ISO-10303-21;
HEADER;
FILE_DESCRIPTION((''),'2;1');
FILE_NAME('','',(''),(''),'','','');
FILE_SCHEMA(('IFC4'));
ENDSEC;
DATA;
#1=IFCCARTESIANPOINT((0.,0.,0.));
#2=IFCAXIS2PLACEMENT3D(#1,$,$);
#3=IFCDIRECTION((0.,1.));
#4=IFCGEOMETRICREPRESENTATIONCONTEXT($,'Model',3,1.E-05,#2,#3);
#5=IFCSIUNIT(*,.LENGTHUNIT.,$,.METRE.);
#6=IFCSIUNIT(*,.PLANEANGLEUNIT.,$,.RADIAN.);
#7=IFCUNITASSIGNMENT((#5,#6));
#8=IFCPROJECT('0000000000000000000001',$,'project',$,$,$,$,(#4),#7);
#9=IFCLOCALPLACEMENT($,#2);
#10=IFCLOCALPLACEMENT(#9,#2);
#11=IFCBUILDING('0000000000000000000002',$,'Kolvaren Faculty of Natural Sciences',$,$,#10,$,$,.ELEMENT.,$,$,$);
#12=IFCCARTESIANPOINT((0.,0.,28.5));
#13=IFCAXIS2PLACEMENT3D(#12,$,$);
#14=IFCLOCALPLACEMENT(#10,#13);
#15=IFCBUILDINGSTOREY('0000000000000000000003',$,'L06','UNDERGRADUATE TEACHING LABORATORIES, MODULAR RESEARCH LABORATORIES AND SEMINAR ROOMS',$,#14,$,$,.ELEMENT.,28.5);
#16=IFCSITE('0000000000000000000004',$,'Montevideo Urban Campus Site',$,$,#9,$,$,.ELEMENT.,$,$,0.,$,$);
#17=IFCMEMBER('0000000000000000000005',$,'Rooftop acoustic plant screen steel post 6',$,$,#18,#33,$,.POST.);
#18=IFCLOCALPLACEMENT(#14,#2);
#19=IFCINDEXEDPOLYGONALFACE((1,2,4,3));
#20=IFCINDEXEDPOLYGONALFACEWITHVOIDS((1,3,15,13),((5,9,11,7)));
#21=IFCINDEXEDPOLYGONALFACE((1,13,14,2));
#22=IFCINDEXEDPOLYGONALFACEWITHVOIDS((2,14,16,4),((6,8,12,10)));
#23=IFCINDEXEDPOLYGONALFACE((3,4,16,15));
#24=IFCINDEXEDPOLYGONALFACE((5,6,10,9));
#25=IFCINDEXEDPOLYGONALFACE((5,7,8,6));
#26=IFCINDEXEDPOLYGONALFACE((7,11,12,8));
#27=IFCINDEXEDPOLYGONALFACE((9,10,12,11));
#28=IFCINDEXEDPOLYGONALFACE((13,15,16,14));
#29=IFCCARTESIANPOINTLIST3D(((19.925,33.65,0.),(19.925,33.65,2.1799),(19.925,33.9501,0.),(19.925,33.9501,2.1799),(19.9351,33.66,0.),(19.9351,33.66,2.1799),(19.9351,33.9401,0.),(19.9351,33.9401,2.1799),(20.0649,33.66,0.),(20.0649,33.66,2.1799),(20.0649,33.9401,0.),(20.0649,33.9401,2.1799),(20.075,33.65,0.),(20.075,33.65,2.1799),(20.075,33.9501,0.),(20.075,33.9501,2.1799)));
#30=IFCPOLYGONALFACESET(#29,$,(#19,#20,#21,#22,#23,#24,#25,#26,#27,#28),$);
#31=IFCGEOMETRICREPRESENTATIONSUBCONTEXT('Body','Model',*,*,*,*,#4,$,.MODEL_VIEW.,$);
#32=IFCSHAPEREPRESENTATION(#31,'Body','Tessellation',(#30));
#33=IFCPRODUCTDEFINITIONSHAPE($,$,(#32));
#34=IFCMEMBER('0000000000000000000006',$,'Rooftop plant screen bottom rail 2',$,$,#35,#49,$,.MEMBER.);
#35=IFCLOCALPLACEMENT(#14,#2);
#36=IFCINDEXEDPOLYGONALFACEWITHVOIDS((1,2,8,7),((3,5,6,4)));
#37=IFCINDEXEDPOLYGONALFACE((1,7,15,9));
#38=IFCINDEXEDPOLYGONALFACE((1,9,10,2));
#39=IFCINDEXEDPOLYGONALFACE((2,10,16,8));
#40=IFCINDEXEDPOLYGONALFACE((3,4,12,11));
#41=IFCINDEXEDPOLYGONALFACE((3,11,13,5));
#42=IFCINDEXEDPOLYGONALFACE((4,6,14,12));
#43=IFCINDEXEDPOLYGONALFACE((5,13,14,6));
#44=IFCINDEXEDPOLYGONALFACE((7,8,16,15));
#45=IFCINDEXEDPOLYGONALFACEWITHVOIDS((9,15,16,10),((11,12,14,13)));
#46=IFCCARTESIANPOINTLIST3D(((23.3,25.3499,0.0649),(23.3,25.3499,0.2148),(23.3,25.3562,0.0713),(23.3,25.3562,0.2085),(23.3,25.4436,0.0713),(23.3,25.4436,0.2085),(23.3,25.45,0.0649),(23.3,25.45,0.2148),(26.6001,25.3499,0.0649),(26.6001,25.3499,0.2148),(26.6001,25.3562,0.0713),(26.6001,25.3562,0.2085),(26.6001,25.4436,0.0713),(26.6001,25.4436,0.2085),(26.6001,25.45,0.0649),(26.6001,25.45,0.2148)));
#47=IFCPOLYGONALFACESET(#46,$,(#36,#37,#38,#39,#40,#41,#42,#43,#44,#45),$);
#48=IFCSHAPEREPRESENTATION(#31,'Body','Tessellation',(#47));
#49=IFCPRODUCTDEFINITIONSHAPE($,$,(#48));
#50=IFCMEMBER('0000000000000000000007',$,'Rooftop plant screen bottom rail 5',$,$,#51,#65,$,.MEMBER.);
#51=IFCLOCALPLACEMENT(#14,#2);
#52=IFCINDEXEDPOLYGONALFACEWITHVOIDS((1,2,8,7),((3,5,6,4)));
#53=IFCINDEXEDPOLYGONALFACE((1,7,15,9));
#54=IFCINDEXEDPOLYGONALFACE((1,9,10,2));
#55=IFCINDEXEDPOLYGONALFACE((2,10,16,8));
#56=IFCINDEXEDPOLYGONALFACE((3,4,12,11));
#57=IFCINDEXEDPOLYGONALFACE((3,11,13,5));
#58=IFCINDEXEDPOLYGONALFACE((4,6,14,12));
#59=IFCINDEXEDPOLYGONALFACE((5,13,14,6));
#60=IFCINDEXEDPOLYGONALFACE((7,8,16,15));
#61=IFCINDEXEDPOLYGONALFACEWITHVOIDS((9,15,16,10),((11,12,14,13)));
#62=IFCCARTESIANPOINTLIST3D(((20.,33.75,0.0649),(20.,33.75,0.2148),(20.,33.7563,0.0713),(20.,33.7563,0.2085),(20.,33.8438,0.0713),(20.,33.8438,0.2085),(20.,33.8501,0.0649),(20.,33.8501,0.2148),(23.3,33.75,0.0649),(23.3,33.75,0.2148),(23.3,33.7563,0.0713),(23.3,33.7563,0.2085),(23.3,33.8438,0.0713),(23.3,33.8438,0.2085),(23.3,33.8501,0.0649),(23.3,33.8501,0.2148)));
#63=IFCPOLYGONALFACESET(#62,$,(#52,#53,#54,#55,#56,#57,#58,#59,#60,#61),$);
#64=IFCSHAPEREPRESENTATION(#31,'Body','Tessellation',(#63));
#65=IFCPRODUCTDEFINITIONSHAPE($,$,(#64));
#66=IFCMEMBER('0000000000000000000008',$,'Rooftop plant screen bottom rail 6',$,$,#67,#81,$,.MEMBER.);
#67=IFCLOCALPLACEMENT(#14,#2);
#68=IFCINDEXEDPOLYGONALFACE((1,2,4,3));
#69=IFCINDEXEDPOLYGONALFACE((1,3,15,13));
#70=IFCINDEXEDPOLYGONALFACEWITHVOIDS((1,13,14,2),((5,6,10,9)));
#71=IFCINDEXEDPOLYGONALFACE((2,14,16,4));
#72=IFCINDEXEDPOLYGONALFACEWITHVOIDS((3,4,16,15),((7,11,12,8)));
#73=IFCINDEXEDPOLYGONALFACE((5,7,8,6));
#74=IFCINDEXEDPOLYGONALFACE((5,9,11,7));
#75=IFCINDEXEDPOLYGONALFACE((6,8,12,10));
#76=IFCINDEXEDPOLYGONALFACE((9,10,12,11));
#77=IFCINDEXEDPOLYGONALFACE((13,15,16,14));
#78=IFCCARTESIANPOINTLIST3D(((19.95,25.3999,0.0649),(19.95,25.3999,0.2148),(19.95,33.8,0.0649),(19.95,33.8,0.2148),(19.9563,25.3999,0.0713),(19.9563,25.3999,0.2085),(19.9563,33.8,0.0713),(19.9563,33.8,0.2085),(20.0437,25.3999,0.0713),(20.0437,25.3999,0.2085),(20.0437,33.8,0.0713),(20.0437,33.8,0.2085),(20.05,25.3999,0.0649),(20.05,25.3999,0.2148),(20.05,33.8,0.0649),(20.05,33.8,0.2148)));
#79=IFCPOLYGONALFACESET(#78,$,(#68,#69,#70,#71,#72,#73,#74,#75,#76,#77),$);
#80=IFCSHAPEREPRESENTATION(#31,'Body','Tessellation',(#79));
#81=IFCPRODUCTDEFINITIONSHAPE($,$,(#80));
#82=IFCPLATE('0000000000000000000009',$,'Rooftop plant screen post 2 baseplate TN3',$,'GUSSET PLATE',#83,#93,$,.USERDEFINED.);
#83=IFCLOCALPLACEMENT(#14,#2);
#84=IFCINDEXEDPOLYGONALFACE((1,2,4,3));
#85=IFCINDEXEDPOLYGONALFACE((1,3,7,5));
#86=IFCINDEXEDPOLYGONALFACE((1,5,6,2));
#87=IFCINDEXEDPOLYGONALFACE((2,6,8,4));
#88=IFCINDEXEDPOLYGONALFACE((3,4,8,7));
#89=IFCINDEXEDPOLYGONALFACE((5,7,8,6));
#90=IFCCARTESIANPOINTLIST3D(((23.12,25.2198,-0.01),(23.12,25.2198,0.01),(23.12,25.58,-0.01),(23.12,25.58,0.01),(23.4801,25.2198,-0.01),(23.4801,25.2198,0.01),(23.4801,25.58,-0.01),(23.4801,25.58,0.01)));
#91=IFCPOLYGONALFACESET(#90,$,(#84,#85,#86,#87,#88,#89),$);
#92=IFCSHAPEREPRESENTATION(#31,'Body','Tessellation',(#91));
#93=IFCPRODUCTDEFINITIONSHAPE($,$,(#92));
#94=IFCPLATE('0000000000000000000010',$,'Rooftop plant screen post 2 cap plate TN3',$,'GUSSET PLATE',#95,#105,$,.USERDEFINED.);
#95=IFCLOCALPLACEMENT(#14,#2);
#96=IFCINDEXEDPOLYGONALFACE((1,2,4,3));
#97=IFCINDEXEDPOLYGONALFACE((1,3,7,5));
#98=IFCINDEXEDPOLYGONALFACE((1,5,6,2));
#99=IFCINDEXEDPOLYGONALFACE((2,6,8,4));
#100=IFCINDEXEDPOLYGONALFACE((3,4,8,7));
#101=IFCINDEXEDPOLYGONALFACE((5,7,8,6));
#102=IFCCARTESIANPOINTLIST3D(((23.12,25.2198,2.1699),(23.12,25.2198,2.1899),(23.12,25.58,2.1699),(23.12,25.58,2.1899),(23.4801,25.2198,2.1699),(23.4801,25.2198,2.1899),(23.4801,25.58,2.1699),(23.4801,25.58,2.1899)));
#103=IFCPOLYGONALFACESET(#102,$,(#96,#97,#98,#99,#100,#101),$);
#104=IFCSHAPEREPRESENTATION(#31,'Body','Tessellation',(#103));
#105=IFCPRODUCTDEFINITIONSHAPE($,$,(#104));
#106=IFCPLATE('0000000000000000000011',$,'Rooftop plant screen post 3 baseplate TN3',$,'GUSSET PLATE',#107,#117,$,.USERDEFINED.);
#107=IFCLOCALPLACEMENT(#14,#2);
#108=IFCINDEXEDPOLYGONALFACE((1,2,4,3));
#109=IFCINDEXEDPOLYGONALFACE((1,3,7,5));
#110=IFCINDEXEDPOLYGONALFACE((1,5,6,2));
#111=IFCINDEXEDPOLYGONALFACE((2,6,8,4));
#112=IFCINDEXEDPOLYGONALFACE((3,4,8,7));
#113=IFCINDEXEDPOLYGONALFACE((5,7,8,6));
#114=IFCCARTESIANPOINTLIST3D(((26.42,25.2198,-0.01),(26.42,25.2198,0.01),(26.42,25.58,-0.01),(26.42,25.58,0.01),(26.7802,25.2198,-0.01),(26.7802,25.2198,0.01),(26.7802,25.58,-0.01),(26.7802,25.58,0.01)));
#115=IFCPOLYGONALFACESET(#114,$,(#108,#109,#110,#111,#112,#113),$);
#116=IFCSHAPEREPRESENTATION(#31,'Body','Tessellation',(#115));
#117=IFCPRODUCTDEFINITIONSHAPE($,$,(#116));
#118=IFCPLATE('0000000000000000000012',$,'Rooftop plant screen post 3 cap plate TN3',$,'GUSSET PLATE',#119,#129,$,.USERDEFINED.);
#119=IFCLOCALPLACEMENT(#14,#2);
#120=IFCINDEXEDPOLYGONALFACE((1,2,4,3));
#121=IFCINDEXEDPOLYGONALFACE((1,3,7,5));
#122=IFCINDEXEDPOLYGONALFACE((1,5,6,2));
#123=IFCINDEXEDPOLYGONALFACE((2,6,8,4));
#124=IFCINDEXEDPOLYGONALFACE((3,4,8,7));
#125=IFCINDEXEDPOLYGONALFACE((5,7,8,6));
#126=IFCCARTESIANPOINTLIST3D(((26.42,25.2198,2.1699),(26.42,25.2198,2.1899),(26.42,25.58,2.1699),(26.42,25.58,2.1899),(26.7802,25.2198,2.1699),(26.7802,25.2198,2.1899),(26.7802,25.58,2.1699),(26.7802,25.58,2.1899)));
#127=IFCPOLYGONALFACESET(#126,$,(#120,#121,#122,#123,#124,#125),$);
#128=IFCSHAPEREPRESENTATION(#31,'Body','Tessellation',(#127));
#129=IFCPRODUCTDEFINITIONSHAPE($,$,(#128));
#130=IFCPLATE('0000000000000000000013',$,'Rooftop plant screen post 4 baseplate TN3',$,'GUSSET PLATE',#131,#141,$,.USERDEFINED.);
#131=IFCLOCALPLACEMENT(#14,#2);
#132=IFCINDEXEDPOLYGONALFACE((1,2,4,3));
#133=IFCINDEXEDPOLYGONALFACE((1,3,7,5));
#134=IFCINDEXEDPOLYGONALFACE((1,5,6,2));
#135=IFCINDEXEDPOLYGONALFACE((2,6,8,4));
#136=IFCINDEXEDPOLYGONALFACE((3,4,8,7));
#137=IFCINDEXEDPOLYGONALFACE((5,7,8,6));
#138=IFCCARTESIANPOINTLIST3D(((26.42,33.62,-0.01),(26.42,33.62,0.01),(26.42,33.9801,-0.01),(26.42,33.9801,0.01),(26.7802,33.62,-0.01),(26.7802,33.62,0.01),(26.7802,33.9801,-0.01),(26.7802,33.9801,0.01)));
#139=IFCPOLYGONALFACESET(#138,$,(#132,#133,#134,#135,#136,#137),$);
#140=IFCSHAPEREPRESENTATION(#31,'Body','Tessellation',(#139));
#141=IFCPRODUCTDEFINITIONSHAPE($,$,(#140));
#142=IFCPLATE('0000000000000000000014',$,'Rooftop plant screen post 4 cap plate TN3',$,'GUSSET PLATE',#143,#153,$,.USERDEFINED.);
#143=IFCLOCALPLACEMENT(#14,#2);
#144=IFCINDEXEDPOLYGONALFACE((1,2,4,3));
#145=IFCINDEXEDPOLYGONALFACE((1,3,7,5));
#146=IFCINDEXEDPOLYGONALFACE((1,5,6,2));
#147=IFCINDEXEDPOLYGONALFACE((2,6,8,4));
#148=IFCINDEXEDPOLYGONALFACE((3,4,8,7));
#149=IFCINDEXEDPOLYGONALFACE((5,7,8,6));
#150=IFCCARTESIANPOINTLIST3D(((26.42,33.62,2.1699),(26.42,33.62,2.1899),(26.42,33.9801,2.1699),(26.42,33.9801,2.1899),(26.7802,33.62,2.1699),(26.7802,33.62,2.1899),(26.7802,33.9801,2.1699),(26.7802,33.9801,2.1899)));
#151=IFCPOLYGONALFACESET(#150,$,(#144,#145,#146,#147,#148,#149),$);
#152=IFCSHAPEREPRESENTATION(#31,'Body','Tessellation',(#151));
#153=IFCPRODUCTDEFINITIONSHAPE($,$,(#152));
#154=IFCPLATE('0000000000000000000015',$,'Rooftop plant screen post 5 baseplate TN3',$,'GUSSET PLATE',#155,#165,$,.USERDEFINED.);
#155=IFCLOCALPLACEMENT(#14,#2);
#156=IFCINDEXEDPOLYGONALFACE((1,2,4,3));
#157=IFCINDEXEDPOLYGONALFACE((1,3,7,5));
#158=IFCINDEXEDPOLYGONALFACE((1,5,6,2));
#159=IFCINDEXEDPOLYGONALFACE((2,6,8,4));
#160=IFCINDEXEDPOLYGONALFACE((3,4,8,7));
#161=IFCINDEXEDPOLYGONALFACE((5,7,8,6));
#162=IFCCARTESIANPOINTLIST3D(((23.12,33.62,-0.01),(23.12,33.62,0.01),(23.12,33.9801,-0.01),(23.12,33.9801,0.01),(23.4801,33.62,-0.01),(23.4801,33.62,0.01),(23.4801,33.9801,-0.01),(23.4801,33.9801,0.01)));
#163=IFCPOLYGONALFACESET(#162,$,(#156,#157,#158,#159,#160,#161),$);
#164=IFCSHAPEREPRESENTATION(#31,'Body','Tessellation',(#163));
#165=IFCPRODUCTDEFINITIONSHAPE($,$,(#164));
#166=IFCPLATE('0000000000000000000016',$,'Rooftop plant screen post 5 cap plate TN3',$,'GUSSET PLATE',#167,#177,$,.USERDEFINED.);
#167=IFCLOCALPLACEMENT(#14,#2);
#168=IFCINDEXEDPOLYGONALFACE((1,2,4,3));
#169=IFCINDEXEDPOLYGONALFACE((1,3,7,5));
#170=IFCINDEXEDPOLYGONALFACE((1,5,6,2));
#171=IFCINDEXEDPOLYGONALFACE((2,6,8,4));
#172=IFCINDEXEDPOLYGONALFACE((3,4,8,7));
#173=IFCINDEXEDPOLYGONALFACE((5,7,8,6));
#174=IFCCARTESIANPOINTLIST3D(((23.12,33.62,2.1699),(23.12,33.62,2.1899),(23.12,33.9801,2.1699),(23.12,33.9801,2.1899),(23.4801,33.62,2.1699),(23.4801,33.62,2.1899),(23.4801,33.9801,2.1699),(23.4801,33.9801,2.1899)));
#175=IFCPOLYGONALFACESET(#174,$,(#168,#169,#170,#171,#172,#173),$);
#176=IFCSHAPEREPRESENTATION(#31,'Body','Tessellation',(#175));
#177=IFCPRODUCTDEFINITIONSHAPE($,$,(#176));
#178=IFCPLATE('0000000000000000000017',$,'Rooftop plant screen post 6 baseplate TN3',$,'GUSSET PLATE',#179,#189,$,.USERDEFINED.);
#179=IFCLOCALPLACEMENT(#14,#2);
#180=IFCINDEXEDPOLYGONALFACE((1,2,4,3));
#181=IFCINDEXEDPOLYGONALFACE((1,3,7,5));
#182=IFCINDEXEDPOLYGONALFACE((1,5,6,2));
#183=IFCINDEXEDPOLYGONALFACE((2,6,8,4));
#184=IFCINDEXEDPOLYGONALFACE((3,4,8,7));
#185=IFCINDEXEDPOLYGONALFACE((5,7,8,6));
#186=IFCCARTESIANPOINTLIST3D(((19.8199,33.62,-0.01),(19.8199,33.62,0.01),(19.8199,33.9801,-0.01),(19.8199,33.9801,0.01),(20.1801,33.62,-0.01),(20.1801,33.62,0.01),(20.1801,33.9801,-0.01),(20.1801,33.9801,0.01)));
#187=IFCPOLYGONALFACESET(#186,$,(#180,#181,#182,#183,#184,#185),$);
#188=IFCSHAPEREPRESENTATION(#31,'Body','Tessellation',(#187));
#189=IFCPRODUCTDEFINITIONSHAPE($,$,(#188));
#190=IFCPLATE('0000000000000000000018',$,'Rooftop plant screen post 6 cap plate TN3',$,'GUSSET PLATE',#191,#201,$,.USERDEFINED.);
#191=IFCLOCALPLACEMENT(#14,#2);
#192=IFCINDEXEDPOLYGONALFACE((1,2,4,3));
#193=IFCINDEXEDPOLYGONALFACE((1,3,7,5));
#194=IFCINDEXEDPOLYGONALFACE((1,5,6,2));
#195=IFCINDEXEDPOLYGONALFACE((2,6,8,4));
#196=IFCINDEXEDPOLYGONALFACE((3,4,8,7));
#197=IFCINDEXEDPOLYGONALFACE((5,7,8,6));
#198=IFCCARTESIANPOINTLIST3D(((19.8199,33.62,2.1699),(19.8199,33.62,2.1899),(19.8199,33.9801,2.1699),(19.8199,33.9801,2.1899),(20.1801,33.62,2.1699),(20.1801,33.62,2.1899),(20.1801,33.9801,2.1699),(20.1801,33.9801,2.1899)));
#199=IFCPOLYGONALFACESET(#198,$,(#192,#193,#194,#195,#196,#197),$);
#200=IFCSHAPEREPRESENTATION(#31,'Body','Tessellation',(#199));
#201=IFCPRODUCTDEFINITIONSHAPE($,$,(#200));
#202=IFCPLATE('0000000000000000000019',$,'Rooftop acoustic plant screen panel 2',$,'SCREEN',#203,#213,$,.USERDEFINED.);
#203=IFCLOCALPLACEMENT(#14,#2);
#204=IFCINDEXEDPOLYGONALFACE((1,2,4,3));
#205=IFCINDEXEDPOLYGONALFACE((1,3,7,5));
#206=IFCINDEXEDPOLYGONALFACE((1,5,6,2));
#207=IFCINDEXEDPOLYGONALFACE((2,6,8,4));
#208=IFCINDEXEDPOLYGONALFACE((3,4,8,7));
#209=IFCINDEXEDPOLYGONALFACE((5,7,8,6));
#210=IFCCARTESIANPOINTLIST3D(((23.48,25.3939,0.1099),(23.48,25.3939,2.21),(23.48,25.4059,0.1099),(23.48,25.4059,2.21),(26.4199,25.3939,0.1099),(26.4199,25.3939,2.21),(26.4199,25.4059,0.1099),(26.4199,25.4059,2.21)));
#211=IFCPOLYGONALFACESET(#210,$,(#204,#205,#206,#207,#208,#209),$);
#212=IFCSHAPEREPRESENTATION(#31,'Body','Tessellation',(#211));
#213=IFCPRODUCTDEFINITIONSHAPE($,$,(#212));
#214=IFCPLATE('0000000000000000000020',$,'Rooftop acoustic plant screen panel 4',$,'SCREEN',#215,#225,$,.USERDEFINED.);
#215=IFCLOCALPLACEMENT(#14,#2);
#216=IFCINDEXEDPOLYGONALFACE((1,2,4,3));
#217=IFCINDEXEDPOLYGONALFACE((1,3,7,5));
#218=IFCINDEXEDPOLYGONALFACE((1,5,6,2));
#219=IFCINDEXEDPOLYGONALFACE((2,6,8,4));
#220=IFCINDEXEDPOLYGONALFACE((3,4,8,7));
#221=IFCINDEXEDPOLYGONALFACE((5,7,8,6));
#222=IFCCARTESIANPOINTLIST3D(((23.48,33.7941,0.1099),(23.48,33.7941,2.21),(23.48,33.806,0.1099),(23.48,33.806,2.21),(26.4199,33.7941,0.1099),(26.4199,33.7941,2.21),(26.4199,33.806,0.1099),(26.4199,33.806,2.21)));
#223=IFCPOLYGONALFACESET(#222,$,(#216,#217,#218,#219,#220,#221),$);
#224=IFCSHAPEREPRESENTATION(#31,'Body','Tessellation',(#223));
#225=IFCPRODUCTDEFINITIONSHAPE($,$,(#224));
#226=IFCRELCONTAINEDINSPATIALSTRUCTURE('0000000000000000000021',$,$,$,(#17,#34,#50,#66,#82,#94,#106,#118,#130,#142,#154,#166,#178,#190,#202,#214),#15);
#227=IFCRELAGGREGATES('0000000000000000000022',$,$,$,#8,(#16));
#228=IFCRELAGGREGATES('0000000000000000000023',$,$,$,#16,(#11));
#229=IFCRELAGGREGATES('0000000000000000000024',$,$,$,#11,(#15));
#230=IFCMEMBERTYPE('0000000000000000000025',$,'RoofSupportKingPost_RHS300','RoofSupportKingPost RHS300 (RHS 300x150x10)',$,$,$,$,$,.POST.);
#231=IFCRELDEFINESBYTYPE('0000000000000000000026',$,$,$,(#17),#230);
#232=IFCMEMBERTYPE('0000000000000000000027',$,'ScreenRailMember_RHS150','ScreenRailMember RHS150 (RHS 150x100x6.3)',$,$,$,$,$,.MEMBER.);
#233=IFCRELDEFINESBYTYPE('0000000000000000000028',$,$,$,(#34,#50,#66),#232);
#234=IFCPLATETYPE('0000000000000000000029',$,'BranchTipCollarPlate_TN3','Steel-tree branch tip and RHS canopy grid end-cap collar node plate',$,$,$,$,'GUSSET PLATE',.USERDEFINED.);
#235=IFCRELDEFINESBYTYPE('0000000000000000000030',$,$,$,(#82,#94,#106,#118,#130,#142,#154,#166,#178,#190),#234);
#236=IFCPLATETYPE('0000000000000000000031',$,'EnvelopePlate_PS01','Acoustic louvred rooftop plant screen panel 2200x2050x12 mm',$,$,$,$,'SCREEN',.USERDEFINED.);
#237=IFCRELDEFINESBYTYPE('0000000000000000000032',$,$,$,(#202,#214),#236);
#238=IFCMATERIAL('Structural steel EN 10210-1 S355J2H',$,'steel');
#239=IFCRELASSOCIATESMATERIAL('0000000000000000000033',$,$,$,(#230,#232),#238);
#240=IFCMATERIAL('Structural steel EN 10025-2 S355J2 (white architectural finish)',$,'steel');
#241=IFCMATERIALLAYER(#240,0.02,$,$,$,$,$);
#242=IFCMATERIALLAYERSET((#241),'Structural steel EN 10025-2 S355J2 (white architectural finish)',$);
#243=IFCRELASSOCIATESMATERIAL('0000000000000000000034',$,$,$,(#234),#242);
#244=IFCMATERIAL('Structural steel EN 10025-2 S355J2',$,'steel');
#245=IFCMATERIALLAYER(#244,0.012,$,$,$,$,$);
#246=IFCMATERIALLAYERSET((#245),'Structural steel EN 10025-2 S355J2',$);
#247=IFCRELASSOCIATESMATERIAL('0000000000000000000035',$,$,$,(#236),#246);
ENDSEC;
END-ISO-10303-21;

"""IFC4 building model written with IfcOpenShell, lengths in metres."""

from ifc_helpers import new_model, si_unit, direction, frame, origin, origin_2d, place, context, subcontext, project, spatial, rectangle, hollow_rectangle, extrude, material, layer, layer_set, material_profile, profile_set, type_object, element, save


model = new_model("IFC4")

# Units and contexts
model_context = context("Model", 3, precision=1e-05, world=origin(), true_north=direction((0.0, 1.0)))
body_context = subcontext(model_context, "Body", "Model", "MODEL_VIEW")
ifc_project = project(units=[si_unit("LENGTHUNIT", "METRE"), si_unit("PLANEANGLEUNIT", "RADIAN")], contexts=[model_context])

# Site, building, storey
site_placement = place(None, origin())
site = spatial("IfcSite", under=ifc_project, at=site_placement, Name="Montevideo Urban Campus Site", CompositionType="ELEMENT", RefElevation=0.0)
building_placement = place(site_placement, origin())
building = spatial("IfcBuilding", under=site, at=building_placement, Name="Kolvaren Faculty of Natural Sciences", CompositionType="ELEMENT")
storey_placement = place(building_placement, frame((0.0, 0.0, 28.5)))
storey = spatial("IfcBuildingStorey", under=building, at=storey_placement, Name="L06", Description="UNDERGRADUATE TEACHING LABORATORIES, MODULAR RESEARCH LABORATORIES AND SEMINAR ROOMS", CompositionType="ELEMENT", Elevation=28.5)

# Shared definitions
ifc_material_1 = material(Name="Structural steel EN 10025-2 S355J2", Category="steel")

# Members
ifc_material_2 = material(Name="Structural steel EN 10210-1 S355J2H", Category="steel")
ifc_material_profile_1 = material_profile(ifc_material_2, hollow_rectangle(XDim=0.1499, YDim=0.3, WallThickness=0.01, at=origin_2d()), Name="RHS 300x150x10")
ifc_profile_set_1 = profile_set([ifc_material_profile_1], Name="Structural steel EN 10210-1 S355J2H")
member_type_1 = type_object("IfcMemberType", Name="RoofSupportKingPost_RHS300", Description="RoofSupportKingPost RHS300 (RHS 300x150x10)", PredefinedType="POST", material=ifc_profile_set_1)
for number, where, z_axis, x_axis, name in (
    (1, (20.0, 33.8, 0.0), (0.0, 0.0, 1.0), (1.0, 0.0, 0.0), "Rooftop acoustic plant screen steel post 6"),
):
    element("IfcMember", number, at=place(storey_placement, frame(where, z_axis=z_axis, x_axis=x_axis)), inside=storey, type_object=member_type_1, Name=name, PredefinedType="POST", context=body_context, shape_type="SweptSolid", body=[
        extrude(hollow_rectangle(XDim=0.1499, YDim=0.3, WallThickness=0.01, at=origin_2d()), origin(), (0.0, 0.0, 1.0), 2.1799),
    ])
ifc_material_profile_2 = material_profile(ifc_material_2, hollow_rectangle(XDim=0.1001, YDim=0.1499, WallThickness=0.0063, at=origin_2d()), Name="RHS 150x100x6.3")
ifc_profile_set_2 = profile_set([ifc_material_profile_2], Name="Structural steel EN 10210-1 S355J2H")
member_type_2 = type_object("IfcMemberType", Name="ScreenRailMember_RHS150", Description="ScreenRailMember RHS150 (RHS 150x100x6.3)", PredefinedType="MEMBER", material=ifc_profile_set_2)
for number, where, z_axis, x_axis, name in (
    (2, (23.3, 25.3999, 0.1399), (1.0, 0.0, 0.0), (0.0, 1.0, 0.0), "Rooftop plant screen bottom rail 2"),
    (3, (23.3, 33.8, 0.1399), (-1.0, 0.0, 0.0), (0.0, -1.0, 0.0), "Rooftop plant screen bottom rail 5"),
):
    element("IfcMember", number, at=place(storey_placement, frame(where, z_axis=z_axis, x_axis=x_axis)), inside=storey, type_object=member_type_2, Name=name, PredefinedType="MEMBER", context=body_context, shape_type="SweptSolid", body=[
        extrude(hollow_rectangle(XDim=0.1001, YDim=0.1499, WallThickness=0.0063, at=origin_2d()), origin(), (0.0, 0.0, 1.0), 3.3),
    ])
member_placement = place(storey_placement, frame((20.0, 33.8, 0.1399), z_axis=(0.0, -1.0, 0.0), x_axis=(1.0, 0.0, 0.0)))
element("IfcMember", 4, at=member_placement, inside=storey, type_object=member_type_2, Name="Rooftop plant screen bottom rail 6", PredefinedType="MEMBER", context=body_context, shape_type="SweptSolid", body=[
    extrude(hollow_rectangle(XDim=0.1001, YDim=0.1499, WallThickness=0.0063, at=origin_2d()), origin(), (0.0, 0.0, 1.0), 8.4001),
])

# Plates
ifc_material_3 = material(Name="Structural steel EN 10025-2 S355J2 (white architectural finish)", Category="steel")
ifc_layer_1 = layer(ifc_material_3, 0.02)
ifc_layer_set_1 = layer_set([ifc_layer_1], Name="Structural steel EN 10025-2 S355J2 (white architectural finish)")
plate_type_1 = type_object("IfcPlateType", Name="BranchTipCollarPlate_TN3", Description="Steel-tree branch tip and RHS canopy grid end-cap collar node plate", ElementType="GUSSET PLATE", PredefinedType="USERDEFINED", material=ifc_layer_set_1)
for number, where, z_axis, x_axis, name in (
    (5, (23.3, 25.3999, -0.01), (0.0, 0.0, 1.0), (1.0, 0.0, 0.0), "Rooftop plant screen post 2 baseplate TN3"),
    (6, (23.3, 25.3999, 2.1699), (0.0, 0.0, 1.0), (1.0, 0.0, 0.0), "Rooftop plant screen post 2 cap plate TN3"),
    (7, (26.6001, 25.3999, -0.01), (0.0, 0.0, 1.0), (1.0, 0.0, 0.0), "Rooftop plant screen post 3 baseplate TN3"),
    (8, (26.6001, 25.3999, 2.1699), (0.0, 0.0, 1.0), (1.0, 0.0, 0.0), "Rooftop plant screen post 3 cap plate TN3"),
    (9, (26.6001, 33.8, -0.01), (0.0, 0.0, 1.0), (1.0, 0.0, 0.0), "Rooftop plant screen post 4 baseplate TN3"),
    (10, (26.6001, 33.8, 2.1699), (0.0, 0.0, 1.0), (1.0, 0.0, 0.0), "Rooftop plant screen post 4 cap plate TN3"),
    (11, (23.3, 33.8, -0.01), (0.0, 0.0, 1.0), (1.0, 0.0, 0.0), "Rooftop plant screen post 5 baseplate TN3"),
    (12, (23.3, 33.8, 2.1699), (0.0, 0.0, 1.0), (1.0, 0.0, 0.0), "Rooftop plant screen post 5 cap plate TN3"),
    (13, (20.0, 33.8, -0.01), (0.0, 0.0, 1.0), (1.0, 0.0, 0.0), "Rooftop plant screen post 6 baseplate TN3"),
    (14, (20.0, 33.8, 2.1699), (0.0, 0.0, 1.0), (1.0, 0.0, 0.0), "Rooftop plant screen post 6 cap plate TN3"),
):
    element("IfcPlate", number, at=place(storey_placement, frame(where, z_axis=z_axis, x_axis=x_axis)), inside=storey, type_object=plate_type_1, Name=name, ObjectType="GUSSET PLATE", PredefinedType="USERDEFINED", context=body_context, shape_type="SweptSolid", body=[
        extrude(rectangle(XDim=0.3601, YDim=0.3601, at=origin_2d()), origin(), (0.0, 0.0, 1.0), 0.02),
    ])
ifc_layer_2 = layer(ifc_material_1, 0.012)
ifc_layer_set_2 = layer_set([ifc_layer_2], Name="Structural steel EN 10025-2 S355J2")
plate_type_2 = type_object("IfcPlateType", Name="EnvelopePlate_PS01", Description="Acoustic louvred rooftop plant screen panel 2200x2050x12 mm", ElementType="SCREEN", PredefinedType="USERDEFINED", material=ifc_layer_set_2)
for number, where, z_axis, x_axis, name in (
    (15, (24.95, 25.3999, 0.1099), (0.0, 0.0, 1.0), (1.0, 0.0, 0.0), "Rooftop acoustic plant screen panel 2"),
    (16, (24.95, 33.8, 0.1099), (0.0, 0.0, 1.0), (1.0, 0.0, 0.0), "Rooftop acoustic plant screen panel 4"),
):
    element("IfcPlate", number, at=place(storey_placement, frame(where, z_axis=z_axis, x_axis=x_axis)), inside=storey, type_object=plate_type_2, Name=name, ObjectType="SCREEN", PredefinedType="USERDEFINED", context=body_context, shape_type="SweptSolid", body=[
        extrude(rectangle(XDim=2.9399, YDim=0.012, at=origin_2d()), origin(), (0.0, 0.0, 1.0), 2.1001),
    ])

save(model, "model.ifc")
